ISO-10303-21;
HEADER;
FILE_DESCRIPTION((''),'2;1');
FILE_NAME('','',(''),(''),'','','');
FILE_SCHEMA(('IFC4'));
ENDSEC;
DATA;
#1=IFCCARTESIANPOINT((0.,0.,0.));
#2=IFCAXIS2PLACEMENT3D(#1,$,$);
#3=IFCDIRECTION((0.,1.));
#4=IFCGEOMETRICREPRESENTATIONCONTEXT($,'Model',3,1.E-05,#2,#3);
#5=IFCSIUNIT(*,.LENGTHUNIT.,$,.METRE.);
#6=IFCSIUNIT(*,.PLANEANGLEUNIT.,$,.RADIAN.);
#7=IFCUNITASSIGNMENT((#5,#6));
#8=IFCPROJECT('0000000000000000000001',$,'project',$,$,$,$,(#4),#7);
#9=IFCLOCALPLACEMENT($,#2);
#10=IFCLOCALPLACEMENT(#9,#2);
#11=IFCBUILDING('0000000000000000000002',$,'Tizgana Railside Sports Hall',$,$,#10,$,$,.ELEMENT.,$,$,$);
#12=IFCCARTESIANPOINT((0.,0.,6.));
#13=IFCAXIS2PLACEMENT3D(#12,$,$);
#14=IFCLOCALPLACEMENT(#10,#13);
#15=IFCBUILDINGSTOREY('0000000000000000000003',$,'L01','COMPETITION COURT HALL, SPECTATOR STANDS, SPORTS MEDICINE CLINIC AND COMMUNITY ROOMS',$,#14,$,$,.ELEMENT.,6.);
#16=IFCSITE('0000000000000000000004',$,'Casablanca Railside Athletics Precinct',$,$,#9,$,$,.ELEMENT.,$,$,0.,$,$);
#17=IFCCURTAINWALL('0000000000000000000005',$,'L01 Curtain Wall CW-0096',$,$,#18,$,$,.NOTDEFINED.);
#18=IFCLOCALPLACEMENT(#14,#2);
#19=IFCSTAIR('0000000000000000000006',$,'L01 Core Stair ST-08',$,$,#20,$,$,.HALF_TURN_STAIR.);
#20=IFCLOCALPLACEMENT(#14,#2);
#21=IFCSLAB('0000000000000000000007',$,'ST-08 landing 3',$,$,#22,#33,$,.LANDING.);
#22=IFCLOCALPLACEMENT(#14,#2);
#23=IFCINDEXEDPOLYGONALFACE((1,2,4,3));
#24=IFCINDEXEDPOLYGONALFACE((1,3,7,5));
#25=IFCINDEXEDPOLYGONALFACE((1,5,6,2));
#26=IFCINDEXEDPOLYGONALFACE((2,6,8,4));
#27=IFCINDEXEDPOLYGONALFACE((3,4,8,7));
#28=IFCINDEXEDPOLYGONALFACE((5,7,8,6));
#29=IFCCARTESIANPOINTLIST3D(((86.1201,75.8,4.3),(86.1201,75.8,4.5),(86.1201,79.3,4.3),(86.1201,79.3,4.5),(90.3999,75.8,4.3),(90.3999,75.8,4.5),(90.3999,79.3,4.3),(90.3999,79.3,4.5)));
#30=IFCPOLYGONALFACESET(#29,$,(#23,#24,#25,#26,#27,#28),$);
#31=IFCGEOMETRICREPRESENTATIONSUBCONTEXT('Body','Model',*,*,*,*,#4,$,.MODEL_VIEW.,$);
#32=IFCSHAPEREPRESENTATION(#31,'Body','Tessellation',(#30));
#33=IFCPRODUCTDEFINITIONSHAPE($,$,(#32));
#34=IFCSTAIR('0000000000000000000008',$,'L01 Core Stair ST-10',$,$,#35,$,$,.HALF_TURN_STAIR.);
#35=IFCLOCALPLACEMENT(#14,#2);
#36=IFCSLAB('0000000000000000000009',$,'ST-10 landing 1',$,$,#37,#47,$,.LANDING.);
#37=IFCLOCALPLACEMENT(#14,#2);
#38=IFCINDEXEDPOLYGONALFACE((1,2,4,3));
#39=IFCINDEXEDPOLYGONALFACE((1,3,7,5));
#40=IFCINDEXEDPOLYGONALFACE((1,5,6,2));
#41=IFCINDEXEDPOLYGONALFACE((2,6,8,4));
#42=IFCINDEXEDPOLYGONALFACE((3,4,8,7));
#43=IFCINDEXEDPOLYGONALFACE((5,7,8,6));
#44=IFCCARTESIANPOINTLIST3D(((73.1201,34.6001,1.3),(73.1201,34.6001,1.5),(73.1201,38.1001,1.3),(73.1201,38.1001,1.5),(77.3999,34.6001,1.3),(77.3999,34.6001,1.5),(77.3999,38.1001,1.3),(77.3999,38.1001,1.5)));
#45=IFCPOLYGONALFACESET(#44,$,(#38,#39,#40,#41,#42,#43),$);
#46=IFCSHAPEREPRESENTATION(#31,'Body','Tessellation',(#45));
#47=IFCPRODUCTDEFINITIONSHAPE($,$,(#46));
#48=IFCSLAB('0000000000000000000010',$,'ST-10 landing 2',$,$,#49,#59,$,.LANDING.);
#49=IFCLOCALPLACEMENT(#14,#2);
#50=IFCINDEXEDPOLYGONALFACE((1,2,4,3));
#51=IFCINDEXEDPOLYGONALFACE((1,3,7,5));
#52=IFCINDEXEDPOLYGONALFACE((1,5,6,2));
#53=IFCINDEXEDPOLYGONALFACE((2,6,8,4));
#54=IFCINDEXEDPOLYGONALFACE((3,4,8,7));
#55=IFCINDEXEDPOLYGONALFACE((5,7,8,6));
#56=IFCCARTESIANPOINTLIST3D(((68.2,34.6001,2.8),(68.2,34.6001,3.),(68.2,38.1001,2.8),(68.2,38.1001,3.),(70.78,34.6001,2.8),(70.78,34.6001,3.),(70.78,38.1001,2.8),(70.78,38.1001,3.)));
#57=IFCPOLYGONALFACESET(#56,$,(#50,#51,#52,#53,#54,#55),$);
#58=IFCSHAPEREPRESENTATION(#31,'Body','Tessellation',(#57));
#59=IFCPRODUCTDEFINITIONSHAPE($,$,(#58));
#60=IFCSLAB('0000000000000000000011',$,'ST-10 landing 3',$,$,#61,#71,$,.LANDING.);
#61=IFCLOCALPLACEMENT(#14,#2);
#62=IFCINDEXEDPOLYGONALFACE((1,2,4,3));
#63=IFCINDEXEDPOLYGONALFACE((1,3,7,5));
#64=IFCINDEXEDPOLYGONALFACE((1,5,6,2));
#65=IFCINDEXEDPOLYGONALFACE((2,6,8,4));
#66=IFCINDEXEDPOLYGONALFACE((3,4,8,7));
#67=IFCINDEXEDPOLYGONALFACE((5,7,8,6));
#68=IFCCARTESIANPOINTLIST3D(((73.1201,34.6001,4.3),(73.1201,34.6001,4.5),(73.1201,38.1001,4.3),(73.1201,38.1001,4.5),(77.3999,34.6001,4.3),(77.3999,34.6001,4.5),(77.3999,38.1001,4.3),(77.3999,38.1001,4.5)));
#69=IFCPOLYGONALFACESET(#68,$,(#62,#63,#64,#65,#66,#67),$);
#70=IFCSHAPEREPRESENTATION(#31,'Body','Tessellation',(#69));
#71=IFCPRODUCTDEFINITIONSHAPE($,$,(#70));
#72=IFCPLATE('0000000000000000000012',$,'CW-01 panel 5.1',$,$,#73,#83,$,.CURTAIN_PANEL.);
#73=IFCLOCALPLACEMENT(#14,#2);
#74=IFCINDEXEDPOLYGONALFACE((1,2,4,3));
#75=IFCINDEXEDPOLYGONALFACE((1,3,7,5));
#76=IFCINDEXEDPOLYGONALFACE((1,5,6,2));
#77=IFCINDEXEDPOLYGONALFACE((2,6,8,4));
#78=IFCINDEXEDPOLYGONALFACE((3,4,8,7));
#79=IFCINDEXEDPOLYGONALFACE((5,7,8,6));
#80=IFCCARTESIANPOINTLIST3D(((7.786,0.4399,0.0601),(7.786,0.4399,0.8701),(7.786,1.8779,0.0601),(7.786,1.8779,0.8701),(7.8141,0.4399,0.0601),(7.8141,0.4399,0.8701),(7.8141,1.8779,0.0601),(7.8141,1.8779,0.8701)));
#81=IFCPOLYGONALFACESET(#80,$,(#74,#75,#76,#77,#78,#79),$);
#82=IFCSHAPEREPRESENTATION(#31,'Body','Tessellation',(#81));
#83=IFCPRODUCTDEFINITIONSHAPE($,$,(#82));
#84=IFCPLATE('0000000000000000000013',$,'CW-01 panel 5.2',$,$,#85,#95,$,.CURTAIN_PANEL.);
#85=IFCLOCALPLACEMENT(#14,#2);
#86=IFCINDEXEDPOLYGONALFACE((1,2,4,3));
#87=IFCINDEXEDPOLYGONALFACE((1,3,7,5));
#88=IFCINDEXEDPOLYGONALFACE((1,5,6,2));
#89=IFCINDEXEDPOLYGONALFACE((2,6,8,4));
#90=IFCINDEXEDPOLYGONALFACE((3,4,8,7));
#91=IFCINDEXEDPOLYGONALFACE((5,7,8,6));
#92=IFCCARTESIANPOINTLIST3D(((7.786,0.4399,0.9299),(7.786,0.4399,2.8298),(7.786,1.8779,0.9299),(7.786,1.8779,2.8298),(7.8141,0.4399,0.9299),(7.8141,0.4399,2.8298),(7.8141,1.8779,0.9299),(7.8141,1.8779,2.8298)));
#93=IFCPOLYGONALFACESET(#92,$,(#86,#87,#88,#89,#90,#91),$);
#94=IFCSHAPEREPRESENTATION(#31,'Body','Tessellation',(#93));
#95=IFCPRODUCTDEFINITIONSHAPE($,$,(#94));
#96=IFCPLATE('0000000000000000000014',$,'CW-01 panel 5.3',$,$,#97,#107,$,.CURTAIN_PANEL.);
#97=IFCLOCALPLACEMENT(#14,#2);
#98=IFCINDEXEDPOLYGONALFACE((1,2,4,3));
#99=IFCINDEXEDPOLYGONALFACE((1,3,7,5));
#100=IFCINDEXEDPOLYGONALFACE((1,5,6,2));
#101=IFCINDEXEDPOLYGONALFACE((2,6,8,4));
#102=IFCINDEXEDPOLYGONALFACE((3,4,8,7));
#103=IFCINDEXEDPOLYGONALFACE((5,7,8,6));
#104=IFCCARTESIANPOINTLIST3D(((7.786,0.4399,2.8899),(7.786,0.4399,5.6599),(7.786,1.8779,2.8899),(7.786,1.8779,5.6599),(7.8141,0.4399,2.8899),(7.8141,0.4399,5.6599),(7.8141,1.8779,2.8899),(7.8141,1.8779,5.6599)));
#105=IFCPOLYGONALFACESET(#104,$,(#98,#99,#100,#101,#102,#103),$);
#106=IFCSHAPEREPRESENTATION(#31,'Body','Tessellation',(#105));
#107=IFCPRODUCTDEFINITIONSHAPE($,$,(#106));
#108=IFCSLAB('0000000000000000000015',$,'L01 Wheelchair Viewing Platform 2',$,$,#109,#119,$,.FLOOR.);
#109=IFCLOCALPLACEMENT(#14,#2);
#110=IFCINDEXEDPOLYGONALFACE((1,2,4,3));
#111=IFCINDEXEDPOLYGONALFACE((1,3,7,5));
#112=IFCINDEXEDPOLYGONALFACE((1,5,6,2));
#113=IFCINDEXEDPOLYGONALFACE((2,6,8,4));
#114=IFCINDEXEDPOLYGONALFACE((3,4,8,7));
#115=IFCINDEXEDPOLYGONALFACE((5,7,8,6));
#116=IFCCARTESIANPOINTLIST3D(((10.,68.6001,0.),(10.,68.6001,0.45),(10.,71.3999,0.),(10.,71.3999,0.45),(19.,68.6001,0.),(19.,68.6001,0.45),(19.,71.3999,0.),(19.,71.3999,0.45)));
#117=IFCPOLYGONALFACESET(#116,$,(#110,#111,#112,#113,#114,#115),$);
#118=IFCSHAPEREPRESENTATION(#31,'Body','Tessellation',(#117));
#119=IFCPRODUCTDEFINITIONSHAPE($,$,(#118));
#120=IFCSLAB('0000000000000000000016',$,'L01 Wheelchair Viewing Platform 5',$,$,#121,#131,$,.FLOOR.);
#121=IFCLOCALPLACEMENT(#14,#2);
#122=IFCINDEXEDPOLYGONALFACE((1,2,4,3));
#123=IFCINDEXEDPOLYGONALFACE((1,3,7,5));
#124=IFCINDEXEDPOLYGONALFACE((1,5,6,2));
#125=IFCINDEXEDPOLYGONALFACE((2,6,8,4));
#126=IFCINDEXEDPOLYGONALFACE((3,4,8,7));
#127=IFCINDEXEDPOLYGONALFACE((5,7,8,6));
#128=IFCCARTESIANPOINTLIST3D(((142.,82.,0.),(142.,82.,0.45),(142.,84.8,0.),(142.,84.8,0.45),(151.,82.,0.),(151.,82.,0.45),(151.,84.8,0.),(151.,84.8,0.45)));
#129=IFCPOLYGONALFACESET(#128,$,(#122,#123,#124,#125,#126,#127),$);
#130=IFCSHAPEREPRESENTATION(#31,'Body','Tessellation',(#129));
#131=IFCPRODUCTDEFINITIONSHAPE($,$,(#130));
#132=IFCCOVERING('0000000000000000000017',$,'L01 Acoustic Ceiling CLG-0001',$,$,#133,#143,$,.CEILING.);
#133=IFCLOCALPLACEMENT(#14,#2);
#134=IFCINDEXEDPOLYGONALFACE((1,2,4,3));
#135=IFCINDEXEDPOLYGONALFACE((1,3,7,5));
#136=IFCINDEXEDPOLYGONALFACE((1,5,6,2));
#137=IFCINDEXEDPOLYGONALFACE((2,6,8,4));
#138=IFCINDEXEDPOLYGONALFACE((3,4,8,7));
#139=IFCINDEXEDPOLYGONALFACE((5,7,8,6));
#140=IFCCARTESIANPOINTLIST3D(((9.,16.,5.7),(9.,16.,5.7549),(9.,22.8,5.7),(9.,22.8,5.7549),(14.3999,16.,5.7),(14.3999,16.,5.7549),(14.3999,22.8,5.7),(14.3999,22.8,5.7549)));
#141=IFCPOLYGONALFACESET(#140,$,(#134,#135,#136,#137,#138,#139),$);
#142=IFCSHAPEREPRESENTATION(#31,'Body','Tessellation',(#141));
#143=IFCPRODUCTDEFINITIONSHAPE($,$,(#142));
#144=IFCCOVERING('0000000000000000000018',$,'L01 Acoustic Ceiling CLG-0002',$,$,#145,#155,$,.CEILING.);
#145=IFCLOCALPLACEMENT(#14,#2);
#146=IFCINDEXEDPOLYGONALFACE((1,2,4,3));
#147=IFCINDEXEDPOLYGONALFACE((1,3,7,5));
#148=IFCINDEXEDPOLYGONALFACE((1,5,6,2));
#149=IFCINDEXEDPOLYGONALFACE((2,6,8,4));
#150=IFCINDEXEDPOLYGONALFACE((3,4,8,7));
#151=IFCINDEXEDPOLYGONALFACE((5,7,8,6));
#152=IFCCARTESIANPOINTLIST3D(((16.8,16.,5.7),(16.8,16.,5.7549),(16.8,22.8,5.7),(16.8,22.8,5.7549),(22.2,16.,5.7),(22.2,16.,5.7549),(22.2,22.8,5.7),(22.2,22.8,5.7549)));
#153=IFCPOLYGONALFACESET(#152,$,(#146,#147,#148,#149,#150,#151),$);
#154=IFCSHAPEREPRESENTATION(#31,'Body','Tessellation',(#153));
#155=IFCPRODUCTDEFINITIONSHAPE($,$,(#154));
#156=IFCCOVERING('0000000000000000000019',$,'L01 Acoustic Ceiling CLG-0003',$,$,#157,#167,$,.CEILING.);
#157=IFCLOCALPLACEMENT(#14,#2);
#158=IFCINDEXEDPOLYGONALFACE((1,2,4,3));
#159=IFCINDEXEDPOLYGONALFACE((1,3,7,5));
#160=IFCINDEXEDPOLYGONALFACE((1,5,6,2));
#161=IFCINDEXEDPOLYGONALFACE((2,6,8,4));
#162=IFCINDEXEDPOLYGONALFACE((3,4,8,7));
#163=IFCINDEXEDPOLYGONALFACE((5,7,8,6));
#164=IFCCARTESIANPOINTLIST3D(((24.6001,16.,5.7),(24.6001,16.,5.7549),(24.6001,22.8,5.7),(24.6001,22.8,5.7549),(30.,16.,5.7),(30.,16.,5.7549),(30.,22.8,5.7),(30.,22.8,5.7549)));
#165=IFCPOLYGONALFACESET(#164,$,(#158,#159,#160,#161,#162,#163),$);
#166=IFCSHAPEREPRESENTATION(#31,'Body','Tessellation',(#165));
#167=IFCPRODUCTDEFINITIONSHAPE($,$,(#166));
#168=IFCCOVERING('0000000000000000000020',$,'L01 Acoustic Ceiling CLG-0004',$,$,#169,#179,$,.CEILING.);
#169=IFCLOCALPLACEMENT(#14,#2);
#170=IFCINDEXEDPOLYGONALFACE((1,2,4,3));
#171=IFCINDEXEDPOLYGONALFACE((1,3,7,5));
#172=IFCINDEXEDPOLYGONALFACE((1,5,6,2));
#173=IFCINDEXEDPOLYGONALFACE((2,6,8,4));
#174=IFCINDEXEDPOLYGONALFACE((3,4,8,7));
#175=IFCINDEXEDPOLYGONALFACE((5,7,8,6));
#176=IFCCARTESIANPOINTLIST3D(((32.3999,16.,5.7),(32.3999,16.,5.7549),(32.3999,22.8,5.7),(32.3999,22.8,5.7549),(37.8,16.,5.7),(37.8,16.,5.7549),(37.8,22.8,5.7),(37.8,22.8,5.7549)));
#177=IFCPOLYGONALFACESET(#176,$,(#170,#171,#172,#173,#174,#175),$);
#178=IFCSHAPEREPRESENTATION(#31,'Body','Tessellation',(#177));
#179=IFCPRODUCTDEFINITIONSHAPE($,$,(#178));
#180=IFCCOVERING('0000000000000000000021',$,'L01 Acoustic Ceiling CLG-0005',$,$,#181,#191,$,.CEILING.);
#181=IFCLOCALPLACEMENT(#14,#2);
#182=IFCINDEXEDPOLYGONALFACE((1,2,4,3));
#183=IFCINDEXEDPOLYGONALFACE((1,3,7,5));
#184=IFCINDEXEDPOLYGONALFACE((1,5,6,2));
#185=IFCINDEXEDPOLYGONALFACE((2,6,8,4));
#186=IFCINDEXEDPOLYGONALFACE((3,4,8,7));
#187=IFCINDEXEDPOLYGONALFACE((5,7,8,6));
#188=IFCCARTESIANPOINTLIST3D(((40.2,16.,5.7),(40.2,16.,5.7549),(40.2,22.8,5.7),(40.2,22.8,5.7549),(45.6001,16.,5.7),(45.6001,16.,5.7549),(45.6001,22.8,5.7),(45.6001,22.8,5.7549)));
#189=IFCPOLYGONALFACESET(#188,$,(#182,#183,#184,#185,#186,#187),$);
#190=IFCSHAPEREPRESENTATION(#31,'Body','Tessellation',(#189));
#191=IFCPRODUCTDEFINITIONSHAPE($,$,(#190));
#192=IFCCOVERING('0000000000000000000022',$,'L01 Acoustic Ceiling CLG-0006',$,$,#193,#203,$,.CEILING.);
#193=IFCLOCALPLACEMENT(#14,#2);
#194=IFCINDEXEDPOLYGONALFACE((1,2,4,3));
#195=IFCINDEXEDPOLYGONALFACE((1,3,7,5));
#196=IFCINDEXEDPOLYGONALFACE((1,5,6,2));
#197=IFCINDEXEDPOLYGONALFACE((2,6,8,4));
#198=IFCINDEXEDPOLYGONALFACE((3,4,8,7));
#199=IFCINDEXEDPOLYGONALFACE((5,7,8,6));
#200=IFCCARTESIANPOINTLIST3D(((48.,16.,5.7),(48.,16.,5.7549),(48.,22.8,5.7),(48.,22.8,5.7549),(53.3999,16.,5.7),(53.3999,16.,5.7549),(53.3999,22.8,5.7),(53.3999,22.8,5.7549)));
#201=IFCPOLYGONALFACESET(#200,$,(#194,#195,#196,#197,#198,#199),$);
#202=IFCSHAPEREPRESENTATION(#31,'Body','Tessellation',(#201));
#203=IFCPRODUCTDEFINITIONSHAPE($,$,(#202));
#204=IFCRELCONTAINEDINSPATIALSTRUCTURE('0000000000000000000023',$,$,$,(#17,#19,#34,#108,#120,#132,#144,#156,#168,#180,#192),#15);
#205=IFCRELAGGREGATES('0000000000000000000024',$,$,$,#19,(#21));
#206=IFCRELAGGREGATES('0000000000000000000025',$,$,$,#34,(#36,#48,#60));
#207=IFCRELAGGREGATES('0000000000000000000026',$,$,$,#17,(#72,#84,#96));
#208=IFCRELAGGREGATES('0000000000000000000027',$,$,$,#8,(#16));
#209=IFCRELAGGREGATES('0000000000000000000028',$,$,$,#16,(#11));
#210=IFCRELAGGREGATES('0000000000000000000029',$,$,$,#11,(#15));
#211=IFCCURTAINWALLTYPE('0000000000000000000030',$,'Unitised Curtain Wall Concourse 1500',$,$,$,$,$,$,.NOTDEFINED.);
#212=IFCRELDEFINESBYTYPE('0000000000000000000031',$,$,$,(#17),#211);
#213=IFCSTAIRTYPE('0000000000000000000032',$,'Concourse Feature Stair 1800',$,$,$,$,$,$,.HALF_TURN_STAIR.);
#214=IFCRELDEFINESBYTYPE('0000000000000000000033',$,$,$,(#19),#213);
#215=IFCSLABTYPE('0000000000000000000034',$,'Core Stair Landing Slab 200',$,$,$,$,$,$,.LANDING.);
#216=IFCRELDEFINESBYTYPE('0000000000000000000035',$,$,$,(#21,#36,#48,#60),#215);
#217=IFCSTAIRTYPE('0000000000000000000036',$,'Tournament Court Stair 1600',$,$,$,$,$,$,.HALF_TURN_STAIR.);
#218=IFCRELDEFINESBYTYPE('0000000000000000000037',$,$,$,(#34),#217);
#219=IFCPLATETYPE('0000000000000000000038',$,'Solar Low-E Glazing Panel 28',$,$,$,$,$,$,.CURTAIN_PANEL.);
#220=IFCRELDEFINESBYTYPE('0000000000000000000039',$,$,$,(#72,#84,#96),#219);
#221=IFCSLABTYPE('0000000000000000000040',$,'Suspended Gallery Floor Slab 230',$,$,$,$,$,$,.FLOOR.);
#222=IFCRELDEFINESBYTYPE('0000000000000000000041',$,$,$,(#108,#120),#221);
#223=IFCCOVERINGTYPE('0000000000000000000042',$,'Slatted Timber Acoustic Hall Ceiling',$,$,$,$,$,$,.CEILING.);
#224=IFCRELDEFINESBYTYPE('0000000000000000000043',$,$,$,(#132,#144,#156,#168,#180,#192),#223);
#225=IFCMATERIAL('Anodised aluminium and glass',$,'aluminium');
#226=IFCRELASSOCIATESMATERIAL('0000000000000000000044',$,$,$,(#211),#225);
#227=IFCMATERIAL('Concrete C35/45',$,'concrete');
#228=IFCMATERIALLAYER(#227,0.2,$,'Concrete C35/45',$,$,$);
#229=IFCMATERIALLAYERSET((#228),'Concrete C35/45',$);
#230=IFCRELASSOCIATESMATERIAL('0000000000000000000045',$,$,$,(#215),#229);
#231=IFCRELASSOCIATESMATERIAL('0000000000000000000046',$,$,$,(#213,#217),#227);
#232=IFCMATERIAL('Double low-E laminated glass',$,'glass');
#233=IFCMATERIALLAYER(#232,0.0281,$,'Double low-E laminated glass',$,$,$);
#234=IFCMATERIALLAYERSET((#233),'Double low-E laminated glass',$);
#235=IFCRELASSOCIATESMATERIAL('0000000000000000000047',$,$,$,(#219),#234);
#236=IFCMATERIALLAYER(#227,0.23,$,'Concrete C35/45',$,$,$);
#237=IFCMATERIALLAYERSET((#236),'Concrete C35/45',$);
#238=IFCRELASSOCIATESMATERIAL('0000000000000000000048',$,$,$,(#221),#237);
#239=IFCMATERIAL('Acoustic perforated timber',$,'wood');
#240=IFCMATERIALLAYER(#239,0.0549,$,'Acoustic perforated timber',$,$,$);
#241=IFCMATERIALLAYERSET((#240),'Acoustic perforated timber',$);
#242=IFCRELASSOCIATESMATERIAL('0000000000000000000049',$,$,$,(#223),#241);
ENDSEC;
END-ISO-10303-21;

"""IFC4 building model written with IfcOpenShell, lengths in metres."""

from ifc_helpers import new_model, si_unit, direction, frame, origin, origin_2d, place, context, subcontext, project, spatial, polyline, rectangle, outline, extrude, material, layer, layer_set, type_object, element, aggregate, save


model = new_model("IFC4")

# Units and contexts
model_context = context("Model", 3, precision=1e-05, world=origin(), true_north=direction((0.0, 1.0)))
body_context = subcontext(model_context, "Body", "Model", "MODEL_VIEW")
ifc_project = project(units=[si_unit("LENGTHUNIT", "METRE"), si_unit("PLANEANGLEUNIT", "RADIAN")], contexts=[model_context])

# Site, building, storey
site_placement = place(None, origin())
site = spatial("IfcSite", under=ifc_project, at=site_placement, Name="Casablanca Railside Athletics Precinct", CompositionType="ELEMENT", RefElevation=0.0)
building_placement = place(site_placement, origin())
building = spatial("IfcBuilding", under=site, at=building_placement, Name="Tizgana Railside Sports Hall", CompositionType="ELEMENT")
storey_placement = place(building_placement, frame((0.0, 0.0, 6.0)))
storey = spatial("IfcBuildingStorey", under=building, at=storey_placement, Name="L01", Description="COMPETITION COURT HALL, SPECTATOR STANDS, SPORTS MEDICINE CLINIC AND COMMUNITY ROOMS", CompositionType="ELEMENT", Elevation=6.0)

# Curtain wall
ifc_material_1 = material(Name="Anodised aluminium and glass", Category="aluminium")
curtain_wall_type = type_object("IfcCurtainWallType", Name="Unitised Curtain Wall Concourse 1500", PredefinedType="NOTDEFINED", material=ifc_material_1)
curtain_wall_placement = place(storey_placement, origin())
curtain_wall = element("IfcCurtainWall", 1, at=curtain_wall_placement, inside=storey, type_object=curtain_wall_type, Name="L01 Curtain Wall CW-0096", PredefinedType="NOTDEFINED")

# Shared definitions
ifc_material_2 = material(Name="Concrete C35/45", Category="concrete")
ifc_layer_1 = layer(ifc_material_2, 0.2, Name="Concrete C35/45")
ifc_layer_set_1 = layer_set([ifc_layer_1], Name="Concrete C35/45")
slab_type_1 = type_object("IfcSlabType", Name="Core Stair Landing Slab 200", PredefinedType="LANDING", material=ifc_layer_set_1)

# Stairs, slabs
stair_type_1 = type_object("IfcStairType", Name="Concourse Feature Stair 1800", PredefinedType="HALF_TURN_STAIR", material=ifc_material_2)
stair_1_placement = place(storey_placement, origin())
stair_1 = element("IfcStair", 2, at=stair_1_placement, inside=storey, type_object=stair_type_1, Name="L01 Core Stair ST-08", PredefinedType="HALF_TURN_STAIR")
slab_1_placement = place(storey_placement, frame((0.0, 0.0, 4.3)))
slab_1 = element("IfcSlab", 3, at=slab_1_placement, type_object=slab_type_1, Name="ST-08 landing 3", PredefinedType="LANDING", context=body_context, shape_type="SweptSolid", body=[
    extrude(outline(polyline([(86.1201, 75.8), (90.3999, 75.8), (90.3999, 79.3), (86.1201, 79.3), (86.1201, 75.8)])), origin(), (0.0, 0.0, 1.0), 0.2),
])
aggregate(stair_1, [slab_1])
stair_type_2 = type_object("IfcStairType", Name="Tournament Court Stair 1600", PredefinedType="HALF_TURN_STAIR", material=ifc_material_2)
stair_2_placement = place(storey_placement, origin())
stair_2 = element("IfcStair", 4, at=stair_2_placement, inside=storey, type_object=stair_type_2, Name="L01 Core Stair ST-10", PredefinedType="HALF_TURN_STAIR")
slab_2_placement = place(storey_placement, frame((0.0, 0.0, 1.3)))
slab_2 = element("IfcSlab", 5, at=slab_2_placement, type_object=slab_type_1, Name="ST-10 landing 1", PredefinedType="LANDING", context=body_context, shape_type="SweptSolid", body=[
    extrude(outline(polyline([(73.1201, 34.6001), (77.3999, 34.6001), (77.3999, 38.1001), (73.1201, 38.1001), (73.1201, 34.6001)])), origin(), (0.0, 0.0, 1.0), 0.2),
])
slab_3_placement = place(storey_placement, frame((0.0, 0.0, 2.8)))
slab_3 = element("IfcSlab", 6, at=slab_3_placement, type_object=slab_type_1, Name="ST-10 landing 2", PredefinedType="LANDING", context=body_context, shape_type="SweptSolid", body=[
    extrude(outline(polyline([(68.2, 34.6001), (70.78, 34.6001), (70.78, 38.1001), (68.2, 38.1001), (68.2, 34.6001)])), origin(), (0.0, 0.0, 1.0), 0.2),
])
slab_4_placement = place(storey_placement, frame((0.0, 0.0, 4.3)))
slab_4 = element("IfcSlab", 7, at=slab_4_placement, type_object=slab_type_1, Name="ST-10 landing 3", PredefinedType="LANDING", context=body_context, shape_type="SweptSolid", body=[
    extrude(outline(polyline([(73.1201, 34.6001), (77.3999, 34.6001), (77.3999, 38.1001), (73.1201, 38.1001), (73.1201, 34.6001)])), origin(), (0.0, 0.0, 1.0), 0.2),
])
aggregate(stair_2, [slab_2, slab_3, slab_4])

# Plates
ifc_material_3 = material(Name="Double low-E laminated glass", Category="glass")
ifc_layer_2 = layer(ifc_material_3, 0.0281, Name="Double low-E laminated glass")
ifc_layer_set_2 = layer_set([ifc_layer_2], Name="Double low-E laminated glass")
plate_type = type_object("IfcPlateType", Name="Solar Low-E Glazing Panel 28", PredefinedType="CURTAIN_PANEL", material=ifc_layer_set_2)
plate_1_placement = place(storey_placement, frame((7.8, 1.1589, 0.0601), z_axis=(0.0, 0.0, 1.0), x_axis=(0.0, -1.0, 0.0)))
plate_1 = element("IfcPlate", 8, at=plate_1_placement, type_object=plate_type, Name="CW-01 panel 5.1", PredefinedType="CURTAIN_PANEL", context=body_context, shape_type="SweptSolid", body=[
    extrude(rectangle(XDim=1.438, YDim=0.0281, at=origin_2d()), origin(), (0.0, 0.0, 1.0), 0.8101),
])
plate_2_placement = place(storey_placement, frame((7.8, 1.1589, 0.9299), z_axis=(0.0, 0.0, 1.0), x_axis=(0.0, -1.0, 0.0)))
plate_2 = element("IfcPlate", 9, at=plate_2_placement, type_object=plate_type, Name="CW-01 panel 5.2", PredefinedType="CURTAIN_PANEL", context=body_context, shape_type="SweptSolid", body=[
    extrude(rectangle(XDim=1.438, YDim=0.0281, at=origin_2d()), origin(), (0.0, 0.0, 1.0), 1.8999),
])
plate_3_placement = place(storey_placement, frame((7.8, 1.1589, 2.8899), z_axis=(0.0, 0.0, 1.0), x_axis=(0.0, -1.0, 0.0)))
plate_3 = element("IfcPlate", 10, at=plate_3_placement, type_object=plate_type, Name="CW-01 panel 5.3", PredefinedType="CURTAIN_PANEL", context=body_context, shape_type="SweptSolid", body=[
    extrude(rectangle(XDim=1.438, YDim=0.0281, at=origin_2d()), origin(), (0.0, 0.0, 1.0), 2.77),
])
aggregate(curtain_wall, [plate_1, plate_2, plate_3])

# Slabs
ifc_layer_3 = layer(ifc_material_2, 0.23, Name="Concrete C35/45")
ifc_layer_set_3 = layer_set([ifc_layer_3], Name="Concrete C35/45")
slab_type_2 = type_object("IfcSlabType", Name="Suspended Gallery Floor Slab 230", PredefinedType="FLOOR", material=ifc_layer_set_3)
slab_5_placement = place(storey_placement, origin())
element("IfcSlab", 11, at=slab_5_placement, inside=storey, type_object=slab_type_2, Name="L01 Wheelchair Viewing Platform 2", PredefinedType="FLOOR", context=body_context, shape_type="SweptSolid", body=[
    extrude(outline(polyline([(10.0, 68.6001), (19.0, 68.6001), (19.0, 71.3999), (10.0, 71.3999), (10.0, 68.6001)])), origin(), (0.0, 0.0, 1.0), 0.45),
])
slab_6_placement = place(storey_placement, origin())
element("IfcSlab", 12, at=slab_6_placement, inside=storey, type_object=slab_type_2, Name="L01 Wheelchair Viewing Platform 5", PredefinedType="FLOOR", context=body_context, shape_type="SweptSolid", body=[
    extrude(outline(polyline([(142.0, 82.0), (151.0, 82.0), (151.0, 84.8), (142.0, 84.8), (142.0, 82.0)])), origin(), (0.0, 0.0, 1.0), 0.45),
])

# Coverings
ifc_material_4 = material(Name="Acoustic perforated timber", Category="wood")
ifc_layer_4 = layer(ifc_material_4, 0.0549, Name="Acoustic perforated timber")
ifc_layer_set_4 = layer_set([ifc_layer_4], Name="Acoustic perforated timber")
covering_type_1 = type_object("IfcCoveringType", Name="Slatted Timber Acoustic Hall Ceiling", PredefinedType="CEILING", material=ifc_layer_set_4)
covering_1_placement = place(storey_placement, frame((0.0, 0.0, 5.7)))
element("IfcCovering", 13, at=covering_1_placement, inside=storey, type_object=covering_type_1, Name="L01 Acoustic Ceiling CLG-0001", PredefinedType="CEILING", context=body_context, shape_type="SweptSolid", body=[
    extrude(outline(polyline([(9.0, 16.0), (14.3999, 16.0), (14.3999, 22.8), (9.0, 22.8), (9.0, 16.0)])), origin(), (0.0, 0.0, 1.0), 0.0549),
])
covering_2_placement = place(storey_placement, frame((0.0, 0.0, 5.7)))
element("IfcCovering", 14, at=covering_2_placement, inside=storey, type_object=covering_type_1, Name="L01 Acoustic Ceiling CLG-0002", PredefinedType="CEILING", context=body_context, shape_type="SweptSolid", body=[
    extrude(outline(polyline([(16.8, 16.0), (22.2, 16.0), (22.2, 22.8), (16.8, 22.8), (16.8, 16.0)])), origin(), (0.0, 0.0, 1.0), 0.0549),
])
covering_3_placement = place(storey_placement, frame((0.0, 0.0, 5.7)))
element("IfcCovering", 15, at=covering_3_placement, inside=storey, type_object=covering_type_1, Name="L01 Acoustic Ceiling CLG-0003", PredefinedType="CEILING", context=body_context, shape_type="SweptSolid", body=[
    extrude(outline(polyline([(24.6001, 16.0), (30.0, 16.0), (30.0, 22.8), (24.6001, 22.8), (24.6001, 16.0)])), origin(), (0.0, 0.0, 1.0), 0.0549),
])
covering_4_placement = place(storey_placement, frame((0.0, 0.0, 5.7)))
element("IfcCovering", 16, at=covering_4_placement, inside=storey, type_object=covering_type_1, Name="L01 Acoustic Ceiling CLG-0004", PredefinedType="CEILING", context=body_context, shape_type="SweptSolid", body=[
    extrude(outline(polyline([(32.3999, 16.0), (37.8, 16.0), (37.8, 22.8), (32.3999, 22.8), (32.3999, 16.0)])), origin(), (0.0, 0.0, 1.0), 0.0549),
])
covering_5_placement = place(storey_placement, frame((0.0, 0.0, 5.7)))
element("IfcCovering", 17, at=covering_5_placement, inside=storey, type_object=covering_type_1, Name="L01 Acoustic Ceiling CLG-0005", PredefinedType="CEILING", context=body_context, shape_type="SweptSolid", body=[
    extrude(outline(polyline([(40.2, 16.0), (45.6001, 16.0), (45.6001, 22.8), (40.2, 22.8), (40.2, 16.0)])), origin(), (0.0, 0.0, 1.0), 0.0549),
])
covering_6_placement = place(storey_placement, frame((0.0, 0.0, 5.7)))
element("IfcCovering", 18, at=covering_6_placement, inside=storey, type_object=covering_type_1, Name="L01 Acoustic Ceiling CLG-0006", PredefinedType="CEILING", context=body_context, shape_type="SweptSolid", body=[
    extrude(outline(polyline([(48.0, 16.0), (53.3999, 16.0), (53.3999, 22.8), (48.0, 22.8), (48.0, 16.0)])), origin(), (0.0, 0.0, 1.0), 0.0549),
])

save(model, "model.ifc")
